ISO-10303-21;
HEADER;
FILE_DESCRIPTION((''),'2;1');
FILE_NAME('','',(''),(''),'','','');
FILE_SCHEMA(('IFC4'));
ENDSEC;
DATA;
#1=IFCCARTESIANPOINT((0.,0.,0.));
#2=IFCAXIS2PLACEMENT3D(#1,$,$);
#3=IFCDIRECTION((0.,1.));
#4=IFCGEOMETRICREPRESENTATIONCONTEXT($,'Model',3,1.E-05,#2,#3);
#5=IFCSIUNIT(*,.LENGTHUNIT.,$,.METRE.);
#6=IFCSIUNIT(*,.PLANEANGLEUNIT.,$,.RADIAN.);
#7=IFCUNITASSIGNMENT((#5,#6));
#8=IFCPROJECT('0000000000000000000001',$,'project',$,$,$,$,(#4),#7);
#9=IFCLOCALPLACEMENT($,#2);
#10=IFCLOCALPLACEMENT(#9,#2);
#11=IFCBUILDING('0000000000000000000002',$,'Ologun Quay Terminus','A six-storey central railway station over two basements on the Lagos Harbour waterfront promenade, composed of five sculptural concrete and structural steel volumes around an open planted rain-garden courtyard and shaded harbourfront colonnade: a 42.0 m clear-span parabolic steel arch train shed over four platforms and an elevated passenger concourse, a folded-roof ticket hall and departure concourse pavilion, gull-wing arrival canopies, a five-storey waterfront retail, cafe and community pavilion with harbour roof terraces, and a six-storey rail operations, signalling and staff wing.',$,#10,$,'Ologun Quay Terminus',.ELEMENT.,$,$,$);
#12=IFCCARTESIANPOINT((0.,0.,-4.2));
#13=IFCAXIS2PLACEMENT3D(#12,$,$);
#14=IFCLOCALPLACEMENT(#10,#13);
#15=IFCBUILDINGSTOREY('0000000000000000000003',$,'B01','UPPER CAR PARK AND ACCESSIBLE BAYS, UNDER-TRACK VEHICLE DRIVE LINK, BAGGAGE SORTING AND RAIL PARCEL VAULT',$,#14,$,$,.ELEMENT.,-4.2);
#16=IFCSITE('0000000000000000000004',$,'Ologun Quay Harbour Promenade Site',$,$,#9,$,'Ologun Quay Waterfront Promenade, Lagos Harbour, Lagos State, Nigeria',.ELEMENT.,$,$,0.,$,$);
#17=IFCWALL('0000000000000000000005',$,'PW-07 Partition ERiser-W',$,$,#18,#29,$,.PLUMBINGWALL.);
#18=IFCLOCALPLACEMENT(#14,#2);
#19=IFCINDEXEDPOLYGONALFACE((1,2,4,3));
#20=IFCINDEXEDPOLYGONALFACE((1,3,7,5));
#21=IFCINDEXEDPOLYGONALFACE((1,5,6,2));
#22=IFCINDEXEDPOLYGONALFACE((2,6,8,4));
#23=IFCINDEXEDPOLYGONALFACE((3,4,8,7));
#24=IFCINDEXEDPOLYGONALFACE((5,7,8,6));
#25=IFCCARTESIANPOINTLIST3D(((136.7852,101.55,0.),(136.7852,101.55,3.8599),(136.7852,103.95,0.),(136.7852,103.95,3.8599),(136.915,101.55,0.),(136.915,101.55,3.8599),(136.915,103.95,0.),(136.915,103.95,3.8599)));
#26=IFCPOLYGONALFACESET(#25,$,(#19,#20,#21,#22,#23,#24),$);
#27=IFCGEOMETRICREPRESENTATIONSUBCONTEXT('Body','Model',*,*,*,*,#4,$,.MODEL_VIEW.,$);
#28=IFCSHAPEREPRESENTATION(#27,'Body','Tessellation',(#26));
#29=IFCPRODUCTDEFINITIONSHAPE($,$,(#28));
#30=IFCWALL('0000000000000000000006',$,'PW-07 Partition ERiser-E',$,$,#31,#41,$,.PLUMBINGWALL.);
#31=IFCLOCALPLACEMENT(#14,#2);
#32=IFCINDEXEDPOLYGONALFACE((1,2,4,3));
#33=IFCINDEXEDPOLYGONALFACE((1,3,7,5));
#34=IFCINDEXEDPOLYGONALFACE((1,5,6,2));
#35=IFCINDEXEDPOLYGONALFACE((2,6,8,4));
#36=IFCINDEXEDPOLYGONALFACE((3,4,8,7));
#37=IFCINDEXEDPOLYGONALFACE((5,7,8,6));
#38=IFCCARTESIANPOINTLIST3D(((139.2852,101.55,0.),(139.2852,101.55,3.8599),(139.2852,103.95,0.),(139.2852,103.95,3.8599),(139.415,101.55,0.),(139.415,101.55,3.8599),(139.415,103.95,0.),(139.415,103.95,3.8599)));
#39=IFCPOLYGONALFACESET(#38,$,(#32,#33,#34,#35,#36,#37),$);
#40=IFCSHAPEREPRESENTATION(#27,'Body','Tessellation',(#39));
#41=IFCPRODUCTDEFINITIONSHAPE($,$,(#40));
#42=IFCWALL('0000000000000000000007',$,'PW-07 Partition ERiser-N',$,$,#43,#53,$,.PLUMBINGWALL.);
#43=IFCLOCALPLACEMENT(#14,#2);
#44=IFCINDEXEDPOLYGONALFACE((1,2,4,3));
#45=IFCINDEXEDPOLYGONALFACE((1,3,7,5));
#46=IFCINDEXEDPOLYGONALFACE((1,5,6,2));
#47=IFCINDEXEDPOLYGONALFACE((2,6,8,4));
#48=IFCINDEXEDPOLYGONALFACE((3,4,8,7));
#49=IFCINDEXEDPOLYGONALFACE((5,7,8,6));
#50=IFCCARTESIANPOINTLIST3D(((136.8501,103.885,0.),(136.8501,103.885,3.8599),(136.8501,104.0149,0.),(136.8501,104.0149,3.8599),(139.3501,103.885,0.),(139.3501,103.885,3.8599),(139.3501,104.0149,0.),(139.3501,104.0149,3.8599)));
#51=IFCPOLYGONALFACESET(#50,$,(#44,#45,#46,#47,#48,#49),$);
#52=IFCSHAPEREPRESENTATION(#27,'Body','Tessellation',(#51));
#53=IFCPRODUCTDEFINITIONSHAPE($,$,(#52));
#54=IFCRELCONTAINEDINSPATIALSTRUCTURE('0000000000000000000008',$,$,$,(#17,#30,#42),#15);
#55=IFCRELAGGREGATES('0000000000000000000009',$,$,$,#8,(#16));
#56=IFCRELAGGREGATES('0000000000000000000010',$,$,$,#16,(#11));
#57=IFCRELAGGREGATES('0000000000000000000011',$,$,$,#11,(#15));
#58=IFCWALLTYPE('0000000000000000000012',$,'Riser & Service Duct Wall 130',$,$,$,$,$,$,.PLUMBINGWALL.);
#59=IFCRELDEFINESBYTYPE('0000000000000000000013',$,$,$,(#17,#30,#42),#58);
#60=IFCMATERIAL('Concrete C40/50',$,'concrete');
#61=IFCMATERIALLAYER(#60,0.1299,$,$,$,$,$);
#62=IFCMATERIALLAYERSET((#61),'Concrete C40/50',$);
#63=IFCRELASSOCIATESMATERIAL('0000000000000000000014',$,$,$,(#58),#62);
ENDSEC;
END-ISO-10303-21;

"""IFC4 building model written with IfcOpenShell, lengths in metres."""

from ifc_helpers import new_model, si_unit, direction, frame, frame_2d, origin, place, context, subcontext, project, spatial, rectangle, extrude, material, layer, layer_set, type_object, element, save


model = new_model("IFC4")

# Units and contexts
model_context = context("Model", 3, precision=1e-05, world=origin(), true_north=direction((0.0, 1.0)))
body_context = subcontext(model_context, "Body", "Model", "MODEL_VIEW")
ifc_project = project(units=[si_unit("LENGTHUNIT", "METRE"), si_unit("PLANEANGLEUNIT", "RADIAN")], contexts=[model_context])

# Site, building, storey
site_placement = place(None, origin())
site = spatial("IfcSite", under=ifc_project, at=site_placement, Name="Ologun Quay Harbour Promenade Site", LongName="Ologun Quay Waterfront Promenade, Lagos Harbour, Lagos State, Nigeria", CompositionType="ELEMENT", RefElevation=0.0)
building_placement = place(site_placement, origin())
building = spatial("IfcBuilding", under=site, at=building_placement, Name="Ologun Quay Terminus", Description="A six-storey central railway station over two basements on the Lagos Harbour waterfront promenade, composed of five sculptural concrete and structural steel volumes around an open planted rain-garden courtyard and shaded harbourfront colonnade: a 42.0 m clear-span parabolic steel arch train shed over four platforms and an elevated passenger concourse, a folded-roof ticket hall and departure concourse pavilion, gull-wing arrival canopies, a five-storey waterfront retail, cafe and community pavilion with harbour roof terraces, and a six-storey rail operations, signalling and staff wing.", LongName="Ologun Quay Terminus", CompositionType="ELEMENT")
storey_placement = place(building_placement, frame((0.0, 0.0, -4.2)))
storey = spatial("IfcBuildingStorey", under=building, at=storey_placement, Name="B01", Description="UPPER CAR PARK AND ACCESSIBLE BAYS, UNDER-TRACK VEHICLE DRIVE LINK, BAGGAGE SORTING AND RAIL PARCEL VAULT", CompositionType="ELEMENT", Elevation=-4.2)

# Walls
ifc_material_1 = material(Name="Concrete C40/50", Category="concrete")
ifc_layer_1 = layer(ifc_material_1, 0.1299)
ifc_layer_set_1 = layer_set([ifc_layer_1], Name="Concrete C40/50")
wall_type_1 = type_object("IfcWallType", Name="Riser & Service Duct Wall 130", PredefinedType="PLUMBINGWALL", material=ifc_layer_set_1)
for number, where, z_axis, x_axis, name in (
    (1, (136.8501, 101.55, 0.0), (0.0, 0.0, 1.0), (0.0, 1.0, 0.0), "PW-07 Partition ERiser-W"),
    (2, (139.3501, 101.55, 0.0), (0.0, 0.0, 1.0), (0.0, 1.0, 0.0), "PW-07 Partition ERiser-E"),
):
    element("IfcWall", number, at=place(storey_placement, frame(where, z_axis=z_axis, x_axis=x_axis)), inside=storey, type_object=wall_type_1, Name=name, PredefinedType="PLUMBINGWALL", context=body_context, shape_type="SweptSolid", body=[
        extrude(rectangle(XDim=2.3999, YDim=0.1299, at=frame_2d((1.2, 0.0))), origin(), (0.0, 0.0, 1.0), 3.8599),
    ])
wall_placement = place(storey_placement, frame((136.8501, 103.95, 0.0), z_axis=(0.0, 0.0, 1.0), x_axis=(1.0, 0.0, 0.0)))
element("IfcWall", 3, at=wall_placement, inside=storey, type_object=wall_type_1, Name="PW-07 Partition ERiser-N", PredefinedType="PLUMBINGWALL", context=body_context, shape_type="SweptSolid", body=[
    extrude(rectangle(XDim=2.5, YDim=0.1299, at=frame_2d((1.25, 0.0))), origin(), (0.0, 0.0, 1.0), 3.8599),
])

save(model, "model.ifc")
